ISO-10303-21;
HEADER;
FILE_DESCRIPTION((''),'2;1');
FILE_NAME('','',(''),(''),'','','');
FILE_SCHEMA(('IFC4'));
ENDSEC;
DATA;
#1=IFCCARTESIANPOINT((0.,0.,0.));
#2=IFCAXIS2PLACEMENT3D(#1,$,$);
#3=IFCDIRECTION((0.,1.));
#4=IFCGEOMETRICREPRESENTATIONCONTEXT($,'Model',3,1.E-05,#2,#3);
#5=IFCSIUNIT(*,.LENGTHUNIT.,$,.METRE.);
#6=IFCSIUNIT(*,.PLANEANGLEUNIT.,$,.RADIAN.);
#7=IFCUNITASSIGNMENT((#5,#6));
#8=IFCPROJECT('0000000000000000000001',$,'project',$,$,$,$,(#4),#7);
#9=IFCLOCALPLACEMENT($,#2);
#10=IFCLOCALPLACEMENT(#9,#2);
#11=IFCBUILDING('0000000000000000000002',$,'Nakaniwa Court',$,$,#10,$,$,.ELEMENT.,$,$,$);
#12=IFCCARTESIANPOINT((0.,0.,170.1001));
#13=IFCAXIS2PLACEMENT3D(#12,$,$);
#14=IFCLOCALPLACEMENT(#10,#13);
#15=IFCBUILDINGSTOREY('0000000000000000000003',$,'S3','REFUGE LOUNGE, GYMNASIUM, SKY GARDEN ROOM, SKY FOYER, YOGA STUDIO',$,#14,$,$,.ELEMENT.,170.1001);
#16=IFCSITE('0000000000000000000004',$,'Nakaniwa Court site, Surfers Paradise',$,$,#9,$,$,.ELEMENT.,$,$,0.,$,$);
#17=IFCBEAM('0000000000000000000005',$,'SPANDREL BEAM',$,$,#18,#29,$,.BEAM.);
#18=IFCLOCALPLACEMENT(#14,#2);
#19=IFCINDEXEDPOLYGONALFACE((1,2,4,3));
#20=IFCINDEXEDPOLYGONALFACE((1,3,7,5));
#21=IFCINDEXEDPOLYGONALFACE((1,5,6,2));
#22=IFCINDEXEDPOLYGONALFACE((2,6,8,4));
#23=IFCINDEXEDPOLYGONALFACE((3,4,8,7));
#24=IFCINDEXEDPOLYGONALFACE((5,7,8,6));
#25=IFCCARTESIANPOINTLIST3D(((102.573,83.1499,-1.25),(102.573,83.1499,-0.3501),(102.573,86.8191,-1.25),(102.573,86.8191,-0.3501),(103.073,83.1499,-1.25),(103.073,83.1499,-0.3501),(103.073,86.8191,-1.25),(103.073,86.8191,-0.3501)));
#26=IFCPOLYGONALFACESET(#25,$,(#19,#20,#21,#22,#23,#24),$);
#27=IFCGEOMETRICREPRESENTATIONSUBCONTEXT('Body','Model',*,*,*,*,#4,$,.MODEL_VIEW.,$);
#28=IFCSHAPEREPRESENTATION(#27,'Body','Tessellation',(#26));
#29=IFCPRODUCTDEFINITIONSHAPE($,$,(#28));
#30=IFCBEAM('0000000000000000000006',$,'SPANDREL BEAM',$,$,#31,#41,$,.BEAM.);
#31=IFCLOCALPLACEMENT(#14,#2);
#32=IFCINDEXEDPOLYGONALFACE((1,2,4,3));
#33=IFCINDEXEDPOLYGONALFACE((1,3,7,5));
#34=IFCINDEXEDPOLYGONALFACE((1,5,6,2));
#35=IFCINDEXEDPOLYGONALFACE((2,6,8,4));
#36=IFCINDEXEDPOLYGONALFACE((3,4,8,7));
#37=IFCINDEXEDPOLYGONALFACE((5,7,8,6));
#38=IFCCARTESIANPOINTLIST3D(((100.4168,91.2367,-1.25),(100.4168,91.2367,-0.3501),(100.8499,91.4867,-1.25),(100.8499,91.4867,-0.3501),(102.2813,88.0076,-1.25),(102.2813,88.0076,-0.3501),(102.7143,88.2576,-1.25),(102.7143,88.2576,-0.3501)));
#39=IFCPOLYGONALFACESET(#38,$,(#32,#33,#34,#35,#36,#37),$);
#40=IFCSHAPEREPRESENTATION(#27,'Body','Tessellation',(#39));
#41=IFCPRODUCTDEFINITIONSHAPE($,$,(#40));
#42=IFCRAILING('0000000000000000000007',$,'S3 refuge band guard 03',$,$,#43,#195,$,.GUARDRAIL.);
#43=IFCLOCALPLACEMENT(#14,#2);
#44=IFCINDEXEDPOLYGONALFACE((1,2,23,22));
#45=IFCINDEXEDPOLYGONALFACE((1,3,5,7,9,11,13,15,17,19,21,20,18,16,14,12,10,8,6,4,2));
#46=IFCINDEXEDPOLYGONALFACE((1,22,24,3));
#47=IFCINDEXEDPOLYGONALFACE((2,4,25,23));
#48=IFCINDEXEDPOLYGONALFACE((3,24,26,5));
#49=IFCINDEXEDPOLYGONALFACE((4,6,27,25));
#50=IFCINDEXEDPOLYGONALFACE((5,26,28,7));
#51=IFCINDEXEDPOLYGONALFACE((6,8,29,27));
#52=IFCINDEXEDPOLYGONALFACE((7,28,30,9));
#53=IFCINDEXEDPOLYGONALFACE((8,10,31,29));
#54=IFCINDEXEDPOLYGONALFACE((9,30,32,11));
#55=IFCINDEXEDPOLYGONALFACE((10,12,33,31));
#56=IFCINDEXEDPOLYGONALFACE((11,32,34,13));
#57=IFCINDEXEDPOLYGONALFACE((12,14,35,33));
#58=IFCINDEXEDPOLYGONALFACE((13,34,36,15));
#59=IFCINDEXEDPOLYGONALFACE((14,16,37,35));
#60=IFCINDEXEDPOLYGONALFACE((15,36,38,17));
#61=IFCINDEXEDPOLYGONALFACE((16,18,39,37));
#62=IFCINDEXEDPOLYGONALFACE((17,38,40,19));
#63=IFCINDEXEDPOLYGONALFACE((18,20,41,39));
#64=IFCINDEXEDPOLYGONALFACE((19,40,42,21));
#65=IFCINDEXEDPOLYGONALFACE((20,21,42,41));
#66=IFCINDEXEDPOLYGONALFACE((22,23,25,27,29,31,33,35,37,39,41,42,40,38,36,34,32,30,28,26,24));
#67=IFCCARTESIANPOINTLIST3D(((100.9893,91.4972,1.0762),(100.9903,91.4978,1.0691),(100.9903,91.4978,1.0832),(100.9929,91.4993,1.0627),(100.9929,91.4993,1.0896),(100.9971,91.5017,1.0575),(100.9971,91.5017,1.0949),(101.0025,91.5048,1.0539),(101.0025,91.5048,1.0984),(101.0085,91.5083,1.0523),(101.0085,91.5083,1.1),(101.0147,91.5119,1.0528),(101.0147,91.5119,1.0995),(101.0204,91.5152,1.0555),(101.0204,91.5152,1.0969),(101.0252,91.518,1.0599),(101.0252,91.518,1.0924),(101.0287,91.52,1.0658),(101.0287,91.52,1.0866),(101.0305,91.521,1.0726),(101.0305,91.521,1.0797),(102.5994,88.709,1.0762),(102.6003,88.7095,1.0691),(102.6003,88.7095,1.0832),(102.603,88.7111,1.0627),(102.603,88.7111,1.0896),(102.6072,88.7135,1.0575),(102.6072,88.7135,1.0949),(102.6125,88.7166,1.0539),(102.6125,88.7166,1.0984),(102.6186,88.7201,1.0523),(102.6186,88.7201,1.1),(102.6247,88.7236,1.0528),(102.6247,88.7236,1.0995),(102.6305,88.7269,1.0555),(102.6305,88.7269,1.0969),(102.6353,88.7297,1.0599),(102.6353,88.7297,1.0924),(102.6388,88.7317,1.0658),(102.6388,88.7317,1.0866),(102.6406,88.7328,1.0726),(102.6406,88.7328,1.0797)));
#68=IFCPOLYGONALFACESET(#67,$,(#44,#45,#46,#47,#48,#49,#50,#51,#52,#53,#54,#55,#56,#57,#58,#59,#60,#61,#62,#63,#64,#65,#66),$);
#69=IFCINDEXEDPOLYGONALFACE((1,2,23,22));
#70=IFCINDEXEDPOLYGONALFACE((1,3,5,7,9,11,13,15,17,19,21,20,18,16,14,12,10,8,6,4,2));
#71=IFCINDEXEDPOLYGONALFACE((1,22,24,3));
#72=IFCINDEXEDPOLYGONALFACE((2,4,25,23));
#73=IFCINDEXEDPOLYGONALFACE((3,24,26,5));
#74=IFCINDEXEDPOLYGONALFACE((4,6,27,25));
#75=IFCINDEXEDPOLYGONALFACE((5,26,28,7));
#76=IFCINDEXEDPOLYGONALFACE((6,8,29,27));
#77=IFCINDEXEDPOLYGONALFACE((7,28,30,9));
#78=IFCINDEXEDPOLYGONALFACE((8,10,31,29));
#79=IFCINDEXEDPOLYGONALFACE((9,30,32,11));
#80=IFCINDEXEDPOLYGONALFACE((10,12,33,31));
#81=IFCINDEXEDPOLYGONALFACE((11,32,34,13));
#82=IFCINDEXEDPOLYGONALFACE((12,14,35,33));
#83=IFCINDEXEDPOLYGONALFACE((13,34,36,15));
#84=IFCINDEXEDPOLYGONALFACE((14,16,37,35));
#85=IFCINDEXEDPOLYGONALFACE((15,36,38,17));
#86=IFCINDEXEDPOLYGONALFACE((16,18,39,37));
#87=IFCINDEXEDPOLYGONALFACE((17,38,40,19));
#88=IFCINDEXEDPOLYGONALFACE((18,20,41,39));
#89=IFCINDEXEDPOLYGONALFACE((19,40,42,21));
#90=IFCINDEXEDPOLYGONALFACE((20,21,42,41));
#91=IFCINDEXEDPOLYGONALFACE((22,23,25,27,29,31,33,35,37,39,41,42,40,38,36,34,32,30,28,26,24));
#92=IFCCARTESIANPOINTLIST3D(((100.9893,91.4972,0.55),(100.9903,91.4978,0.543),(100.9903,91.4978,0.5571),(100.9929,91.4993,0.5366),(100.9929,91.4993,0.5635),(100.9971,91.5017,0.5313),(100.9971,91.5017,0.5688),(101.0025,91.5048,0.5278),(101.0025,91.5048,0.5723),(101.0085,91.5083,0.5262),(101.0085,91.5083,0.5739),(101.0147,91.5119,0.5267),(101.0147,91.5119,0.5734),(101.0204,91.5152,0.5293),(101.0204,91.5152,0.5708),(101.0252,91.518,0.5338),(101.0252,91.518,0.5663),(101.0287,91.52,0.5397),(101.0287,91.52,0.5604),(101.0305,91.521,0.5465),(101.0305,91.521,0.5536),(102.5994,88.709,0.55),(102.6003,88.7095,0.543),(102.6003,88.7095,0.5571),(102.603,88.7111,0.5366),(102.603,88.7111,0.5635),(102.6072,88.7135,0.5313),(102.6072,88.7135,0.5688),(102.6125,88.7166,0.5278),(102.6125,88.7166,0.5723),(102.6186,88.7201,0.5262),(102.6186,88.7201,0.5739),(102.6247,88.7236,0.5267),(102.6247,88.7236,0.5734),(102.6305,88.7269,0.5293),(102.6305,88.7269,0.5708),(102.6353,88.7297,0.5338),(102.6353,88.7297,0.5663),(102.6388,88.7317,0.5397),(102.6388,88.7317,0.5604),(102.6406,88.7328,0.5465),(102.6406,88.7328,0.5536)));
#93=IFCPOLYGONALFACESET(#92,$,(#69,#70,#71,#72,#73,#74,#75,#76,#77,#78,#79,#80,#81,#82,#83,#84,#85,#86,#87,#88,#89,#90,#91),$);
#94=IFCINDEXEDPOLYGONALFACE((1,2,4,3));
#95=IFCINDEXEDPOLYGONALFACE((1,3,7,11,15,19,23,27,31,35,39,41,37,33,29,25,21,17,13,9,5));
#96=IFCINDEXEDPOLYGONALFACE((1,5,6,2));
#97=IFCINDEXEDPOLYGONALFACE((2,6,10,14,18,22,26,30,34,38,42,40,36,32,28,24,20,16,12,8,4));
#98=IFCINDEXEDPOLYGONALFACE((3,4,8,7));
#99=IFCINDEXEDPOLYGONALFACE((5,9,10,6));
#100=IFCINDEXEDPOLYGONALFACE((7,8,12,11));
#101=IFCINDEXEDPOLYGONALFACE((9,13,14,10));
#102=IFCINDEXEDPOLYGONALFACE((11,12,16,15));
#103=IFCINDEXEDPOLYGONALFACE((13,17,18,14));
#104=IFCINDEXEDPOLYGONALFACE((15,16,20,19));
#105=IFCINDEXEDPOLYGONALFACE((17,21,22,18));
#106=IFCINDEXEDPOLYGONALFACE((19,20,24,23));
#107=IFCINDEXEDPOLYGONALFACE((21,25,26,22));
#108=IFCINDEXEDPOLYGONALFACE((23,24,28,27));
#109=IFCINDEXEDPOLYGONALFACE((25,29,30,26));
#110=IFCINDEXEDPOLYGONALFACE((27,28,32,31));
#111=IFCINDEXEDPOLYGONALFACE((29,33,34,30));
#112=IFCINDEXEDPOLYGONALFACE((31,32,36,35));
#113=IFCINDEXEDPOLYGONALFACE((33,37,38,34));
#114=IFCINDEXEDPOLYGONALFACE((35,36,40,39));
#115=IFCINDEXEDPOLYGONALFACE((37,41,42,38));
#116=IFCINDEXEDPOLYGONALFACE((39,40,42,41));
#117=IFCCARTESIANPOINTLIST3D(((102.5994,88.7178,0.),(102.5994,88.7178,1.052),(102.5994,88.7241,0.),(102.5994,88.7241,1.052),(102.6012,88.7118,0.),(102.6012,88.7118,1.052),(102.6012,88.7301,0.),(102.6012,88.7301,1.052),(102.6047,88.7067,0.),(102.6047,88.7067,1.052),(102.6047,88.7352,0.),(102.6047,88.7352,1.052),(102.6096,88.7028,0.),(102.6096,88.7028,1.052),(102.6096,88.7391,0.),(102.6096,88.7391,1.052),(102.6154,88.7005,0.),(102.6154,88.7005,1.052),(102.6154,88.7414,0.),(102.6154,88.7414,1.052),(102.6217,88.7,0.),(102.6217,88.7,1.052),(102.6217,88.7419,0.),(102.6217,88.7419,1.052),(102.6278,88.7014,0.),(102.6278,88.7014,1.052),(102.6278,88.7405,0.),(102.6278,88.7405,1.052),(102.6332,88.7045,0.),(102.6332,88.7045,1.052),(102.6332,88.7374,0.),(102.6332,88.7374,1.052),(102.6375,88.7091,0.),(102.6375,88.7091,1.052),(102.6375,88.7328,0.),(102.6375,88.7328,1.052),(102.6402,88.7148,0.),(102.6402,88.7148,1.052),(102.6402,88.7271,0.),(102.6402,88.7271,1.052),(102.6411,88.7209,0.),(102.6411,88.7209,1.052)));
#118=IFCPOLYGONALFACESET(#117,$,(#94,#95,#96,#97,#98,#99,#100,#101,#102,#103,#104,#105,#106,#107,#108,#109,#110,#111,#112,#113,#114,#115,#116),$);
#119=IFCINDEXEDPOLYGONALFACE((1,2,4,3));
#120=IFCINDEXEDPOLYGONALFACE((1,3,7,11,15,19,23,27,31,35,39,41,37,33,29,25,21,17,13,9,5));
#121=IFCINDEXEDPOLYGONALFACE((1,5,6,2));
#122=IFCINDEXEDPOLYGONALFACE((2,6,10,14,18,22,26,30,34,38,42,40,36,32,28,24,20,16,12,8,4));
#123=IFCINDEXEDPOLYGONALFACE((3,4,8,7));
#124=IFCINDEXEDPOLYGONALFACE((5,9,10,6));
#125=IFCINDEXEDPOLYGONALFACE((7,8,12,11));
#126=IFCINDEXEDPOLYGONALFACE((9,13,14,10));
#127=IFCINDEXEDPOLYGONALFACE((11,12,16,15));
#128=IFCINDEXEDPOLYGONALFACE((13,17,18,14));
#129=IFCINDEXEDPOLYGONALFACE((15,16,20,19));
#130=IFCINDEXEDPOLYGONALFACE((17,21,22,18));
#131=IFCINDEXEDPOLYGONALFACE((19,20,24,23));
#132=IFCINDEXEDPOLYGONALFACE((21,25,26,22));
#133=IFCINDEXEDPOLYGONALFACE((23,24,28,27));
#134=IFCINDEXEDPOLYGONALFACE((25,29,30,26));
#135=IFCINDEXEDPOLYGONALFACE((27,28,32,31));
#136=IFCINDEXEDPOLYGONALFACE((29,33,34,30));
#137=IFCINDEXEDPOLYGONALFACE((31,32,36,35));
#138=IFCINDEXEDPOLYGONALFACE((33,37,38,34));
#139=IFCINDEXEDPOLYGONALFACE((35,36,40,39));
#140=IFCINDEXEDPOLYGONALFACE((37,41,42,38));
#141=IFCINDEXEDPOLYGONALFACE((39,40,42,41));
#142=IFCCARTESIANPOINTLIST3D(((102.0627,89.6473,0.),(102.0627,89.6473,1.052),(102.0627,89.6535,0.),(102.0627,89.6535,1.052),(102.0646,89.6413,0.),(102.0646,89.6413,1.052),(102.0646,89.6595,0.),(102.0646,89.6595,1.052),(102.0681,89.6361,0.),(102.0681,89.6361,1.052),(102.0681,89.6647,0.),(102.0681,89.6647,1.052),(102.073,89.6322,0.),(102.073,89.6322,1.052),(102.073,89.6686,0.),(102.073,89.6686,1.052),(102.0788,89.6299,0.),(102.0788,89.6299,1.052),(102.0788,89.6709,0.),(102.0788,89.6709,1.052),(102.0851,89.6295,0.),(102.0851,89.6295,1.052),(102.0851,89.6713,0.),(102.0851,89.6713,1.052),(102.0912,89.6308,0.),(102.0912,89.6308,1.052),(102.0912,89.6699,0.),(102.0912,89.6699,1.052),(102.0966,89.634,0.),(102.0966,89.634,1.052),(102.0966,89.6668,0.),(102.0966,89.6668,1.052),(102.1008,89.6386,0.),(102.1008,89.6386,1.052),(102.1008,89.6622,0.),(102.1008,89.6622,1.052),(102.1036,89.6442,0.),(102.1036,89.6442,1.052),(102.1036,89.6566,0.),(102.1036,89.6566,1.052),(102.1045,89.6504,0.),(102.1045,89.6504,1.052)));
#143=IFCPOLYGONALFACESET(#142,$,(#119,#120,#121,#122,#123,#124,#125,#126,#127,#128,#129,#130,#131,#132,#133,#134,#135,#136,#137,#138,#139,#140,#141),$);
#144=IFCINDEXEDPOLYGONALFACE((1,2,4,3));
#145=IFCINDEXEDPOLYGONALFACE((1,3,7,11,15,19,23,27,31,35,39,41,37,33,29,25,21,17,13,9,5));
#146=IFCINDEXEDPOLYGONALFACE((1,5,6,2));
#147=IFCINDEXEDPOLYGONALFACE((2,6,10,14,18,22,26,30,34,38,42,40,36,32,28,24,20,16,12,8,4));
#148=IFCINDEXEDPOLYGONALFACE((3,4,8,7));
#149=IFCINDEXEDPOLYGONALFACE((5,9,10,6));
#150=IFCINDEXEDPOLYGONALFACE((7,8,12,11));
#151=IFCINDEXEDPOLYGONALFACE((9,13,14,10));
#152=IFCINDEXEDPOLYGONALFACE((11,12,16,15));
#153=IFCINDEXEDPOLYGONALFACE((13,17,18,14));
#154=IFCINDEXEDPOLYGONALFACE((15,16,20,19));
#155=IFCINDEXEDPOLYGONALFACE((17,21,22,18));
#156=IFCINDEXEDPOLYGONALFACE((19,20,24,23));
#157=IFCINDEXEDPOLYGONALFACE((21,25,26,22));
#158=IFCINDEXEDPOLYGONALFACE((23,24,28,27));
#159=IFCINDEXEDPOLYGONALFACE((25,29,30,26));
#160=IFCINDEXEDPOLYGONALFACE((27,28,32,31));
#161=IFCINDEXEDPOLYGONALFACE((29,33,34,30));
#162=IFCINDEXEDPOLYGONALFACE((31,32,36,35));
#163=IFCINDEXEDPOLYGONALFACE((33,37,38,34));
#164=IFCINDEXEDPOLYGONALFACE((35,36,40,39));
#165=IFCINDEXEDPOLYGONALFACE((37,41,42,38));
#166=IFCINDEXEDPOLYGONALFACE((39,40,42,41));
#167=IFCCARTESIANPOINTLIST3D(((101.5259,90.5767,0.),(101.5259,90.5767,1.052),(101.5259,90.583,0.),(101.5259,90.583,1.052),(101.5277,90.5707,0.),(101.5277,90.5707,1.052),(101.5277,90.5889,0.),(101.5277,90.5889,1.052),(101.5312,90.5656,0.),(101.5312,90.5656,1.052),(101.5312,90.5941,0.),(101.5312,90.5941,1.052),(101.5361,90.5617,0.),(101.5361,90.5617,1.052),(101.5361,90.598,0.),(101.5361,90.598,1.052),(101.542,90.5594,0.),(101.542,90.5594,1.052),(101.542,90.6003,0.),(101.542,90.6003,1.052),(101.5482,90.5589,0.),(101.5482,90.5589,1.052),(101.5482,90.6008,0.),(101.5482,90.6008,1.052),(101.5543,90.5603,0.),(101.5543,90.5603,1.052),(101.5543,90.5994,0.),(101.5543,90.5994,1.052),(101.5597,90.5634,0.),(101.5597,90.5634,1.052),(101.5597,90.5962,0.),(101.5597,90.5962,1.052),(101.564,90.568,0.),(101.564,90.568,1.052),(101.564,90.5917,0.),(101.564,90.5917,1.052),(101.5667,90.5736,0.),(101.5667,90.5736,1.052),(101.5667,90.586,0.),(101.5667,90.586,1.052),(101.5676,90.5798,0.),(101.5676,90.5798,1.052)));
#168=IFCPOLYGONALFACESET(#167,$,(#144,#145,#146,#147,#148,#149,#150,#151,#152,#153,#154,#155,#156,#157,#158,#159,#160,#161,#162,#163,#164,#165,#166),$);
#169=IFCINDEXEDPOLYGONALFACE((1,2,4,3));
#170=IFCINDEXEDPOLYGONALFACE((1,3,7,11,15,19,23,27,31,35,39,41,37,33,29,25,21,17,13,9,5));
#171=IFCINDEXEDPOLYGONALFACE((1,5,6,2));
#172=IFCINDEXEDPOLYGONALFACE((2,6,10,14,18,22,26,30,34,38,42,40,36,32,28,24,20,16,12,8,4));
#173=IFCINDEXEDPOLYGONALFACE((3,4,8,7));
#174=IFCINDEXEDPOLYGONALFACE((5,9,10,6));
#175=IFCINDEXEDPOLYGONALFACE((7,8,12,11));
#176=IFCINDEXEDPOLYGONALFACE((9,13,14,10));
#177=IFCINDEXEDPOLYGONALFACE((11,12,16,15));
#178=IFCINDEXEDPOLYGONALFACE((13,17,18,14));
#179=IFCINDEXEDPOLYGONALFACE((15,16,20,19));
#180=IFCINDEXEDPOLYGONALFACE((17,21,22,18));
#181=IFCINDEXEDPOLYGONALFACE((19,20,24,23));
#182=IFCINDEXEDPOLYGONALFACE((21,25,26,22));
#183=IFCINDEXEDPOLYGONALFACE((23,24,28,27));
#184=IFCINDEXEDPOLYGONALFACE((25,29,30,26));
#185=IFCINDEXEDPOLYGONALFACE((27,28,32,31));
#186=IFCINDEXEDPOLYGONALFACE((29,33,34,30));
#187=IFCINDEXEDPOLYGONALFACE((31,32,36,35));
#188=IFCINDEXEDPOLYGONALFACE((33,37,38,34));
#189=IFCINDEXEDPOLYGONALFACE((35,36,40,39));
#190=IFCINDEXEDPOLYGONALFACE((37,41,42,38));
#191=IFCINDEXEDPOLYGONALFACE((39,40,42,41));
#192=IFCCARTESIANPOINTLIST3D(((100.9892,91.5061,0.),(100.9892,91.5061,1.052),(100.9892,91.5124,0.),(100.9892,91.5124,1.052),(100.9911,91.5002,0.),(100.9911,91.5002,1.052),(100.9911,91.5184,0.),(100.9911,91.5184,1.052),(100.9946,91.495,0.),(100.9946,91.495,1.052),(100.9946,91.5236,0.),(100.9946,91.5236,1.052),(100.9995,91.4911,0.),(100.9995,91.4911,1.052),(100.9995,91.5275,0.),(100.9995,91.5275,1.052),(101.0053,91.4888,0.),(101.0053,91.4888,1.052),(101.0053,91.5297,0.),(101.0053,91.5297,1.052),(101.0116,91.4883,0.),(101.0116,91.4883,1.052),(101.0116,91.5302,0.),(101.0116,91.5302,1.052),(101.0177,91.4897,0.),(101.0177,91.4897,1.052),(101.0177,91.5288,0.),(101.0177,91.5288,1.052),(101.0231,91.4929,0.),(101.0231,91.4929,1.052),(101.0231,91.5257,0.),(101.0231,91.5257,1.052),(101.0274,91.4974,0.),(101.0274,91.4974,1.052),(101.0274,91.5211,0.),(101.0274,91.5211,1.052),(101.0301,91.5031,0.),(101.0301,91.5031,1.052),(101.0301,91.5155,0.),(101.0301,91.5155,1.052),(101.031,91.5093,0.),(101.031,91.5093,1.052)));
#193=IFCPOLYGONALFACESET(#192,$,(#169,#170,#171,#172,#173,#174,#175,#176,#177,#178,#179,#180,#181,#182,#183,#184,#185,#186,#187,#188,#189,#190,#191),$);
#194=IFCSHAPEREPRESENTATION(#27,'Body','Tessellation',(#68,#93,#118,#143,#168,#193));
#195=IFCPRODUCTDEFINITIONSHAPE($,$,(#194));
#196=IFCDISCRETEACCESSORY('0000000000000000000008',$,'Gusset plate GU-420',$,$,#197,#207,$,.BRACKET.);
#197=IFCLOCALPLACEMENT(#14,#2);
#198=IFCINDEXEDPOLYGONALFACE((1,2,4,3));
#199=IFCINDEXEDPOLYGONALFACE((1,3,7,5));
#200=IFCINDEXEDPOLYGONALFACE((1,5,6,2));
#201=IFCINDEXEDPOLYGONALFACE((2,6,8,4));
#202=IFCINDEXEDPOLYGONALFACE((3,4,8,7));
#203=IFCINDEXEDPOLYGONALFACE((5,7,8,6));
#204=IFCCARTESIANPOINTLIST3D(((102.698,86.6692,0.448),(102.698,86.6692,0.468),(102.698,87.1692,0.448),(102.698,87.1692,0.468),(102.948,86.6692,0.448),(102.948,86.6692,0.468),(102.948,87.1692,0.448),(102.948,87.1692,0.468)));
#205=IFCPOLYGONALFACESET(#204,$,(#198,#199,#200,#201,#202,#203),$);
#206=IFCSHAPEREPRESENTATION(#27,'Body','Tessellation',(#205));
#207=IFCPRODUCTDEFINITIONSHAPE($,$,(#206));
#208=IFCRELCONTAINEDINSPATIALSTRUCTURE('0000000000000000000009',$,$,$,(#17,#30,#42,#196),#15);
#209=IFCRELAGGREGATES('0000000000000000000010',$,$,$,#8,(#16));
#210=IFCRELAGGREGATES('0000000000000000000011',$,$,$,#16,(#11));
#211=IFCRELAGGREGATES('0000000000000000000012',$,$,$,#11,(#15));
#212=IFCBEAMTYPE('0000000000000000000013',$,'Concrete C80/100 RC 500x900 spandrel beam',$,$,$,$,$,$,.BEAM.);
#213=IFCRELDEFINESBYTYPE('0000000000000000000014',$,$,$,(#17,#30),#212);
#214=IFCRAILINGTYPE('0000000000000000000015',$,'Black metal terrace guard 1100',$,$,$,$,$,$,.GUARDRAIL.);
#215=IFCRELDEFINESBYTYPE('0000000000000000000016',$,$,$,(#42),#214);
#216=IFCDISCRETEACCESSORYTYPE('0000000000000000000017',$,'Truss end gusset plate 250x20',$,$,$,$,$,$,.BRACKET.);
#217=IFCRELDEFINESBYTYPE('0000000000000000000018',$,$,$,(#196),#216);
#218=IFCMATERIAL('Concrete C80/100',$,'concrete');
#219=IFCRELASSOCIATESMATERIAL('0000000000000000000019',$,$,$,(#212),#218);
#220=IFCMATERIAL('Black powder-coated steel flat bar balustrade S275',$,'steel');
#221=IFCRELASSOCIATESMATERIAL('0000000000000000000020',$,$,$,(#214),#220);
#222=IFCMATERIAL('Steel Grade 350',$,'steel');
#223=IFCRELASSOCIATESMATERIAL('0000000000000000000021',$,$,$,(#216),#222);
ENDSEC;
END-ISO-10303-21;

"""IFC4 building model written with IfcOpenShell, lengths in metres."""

from ifc_helpers import new_model, si_unit, direction, frame, origin, origin_2d, place, context, subcontext, project, spatial, rectangle, circle, extrude, material, material_profile, profile_set, type_object, element, save


model = new_model("IFC4")

# Units and contexts
model_context = context("Model", 3, precision=1e-05, world=origin(), true_north=direction((0.0, 1.0)))
body_context = subcontext(model_context, "Body", "Model", "MODEL_VIEW")
ifc_project = project(units=[si_unit("LENGTHUNIT", "METRE"), si_unit("PLANEANGLEUNIT", "RADIAN")], contexts=[model_context])

# Site, building, storey
site_placement = place(None, origin())
site = spatial("IfcSite", under=ifc_project, at=site_placement, Name="Nakaniwa Court site, Surfers Paradise", CompositionType="ELEMENT", RefElevation=0.0)
building_placement = place(site_placement, origin())
building = spatial("IfcBuilding", under=site, at=building_placement, Name="Nakaniwa Court", CompositionType="ELEMENT")
storey_placement = place(building_placement, frame((0.0, 0.0, 170.1001)))
storey = spatial("IfcBuildingStorey", under=building, at=storey_placement, Name="S3", Description="REFUGE LOUNGE, GYMNASIUM, SKY GARDEN ROOM, SKY FOYER, YOGA STUDIO", CompositionType="ELEMENT", Elevation=170.1001)

# Shared definitions
ifc_material_1 = material(Name="Concrete C80/100", Category="concrete")

# Shared definitions
ifc_material_2 = material(Name="Steel Grade 350", Category="steel")

# Beams
ifc_material_profile_1 = material_profile(ifc_material_1, rectangle(XDim=0.5, YDim=0.8999, at=origin_2d()), Name="Concrete C80/100 RC 500x900 spandrel beam")
ifc_profile_set_1 = profile_set([ifc_material_profile_1], Name="Concrete C80/100")
beam_type = type_object("IfcBeamType", Name="Concrete C80/100 RC 500x900 spandrel beam", PredefinedType="BEAM", material=ifc_profile_set_1)
beam_1_placement = place(storey_placement, frame((102.823, 83.1499, -0.8), z_axis=(0.0, 1.0, 0.0), x_axis=(-1.0, 0.0, 0.0)))
element("IfcBeam", 1, at=beam_1_placement, inside=storey, type_object=beam_type, Name="SPANDREL BEAM", PredefinedType="BEAM", context=body_context, shape_type="SweptSolid", body=[
    extrude(rectangle(XDim=0.5, YDim=0.8999, at=origin_2d()), origin(), (0.0, 0.0, 1.0), 3.6692),
])
beam_2_placement = place(storey_placement, frame((102.4978, 88.1326, -0.8), z_axis=(-0.500019, 0.866014, 0.0), x_axis=(-0.866014, -0.500019, 0.0)))
element("IfcBeam", 2, at=beam_2_placement, inside=storey, type_object=beam_type, Name="SPANDREL BEAM", PredefinedType="BEAM", context=body_context, shape_type="SweptSolid", body=[
    extrude(rectangle(XDim=0.5, YDim=0.8999, at=origin_2d()), origin(), (0.0, 0.0, 1.0), 3.7288),
])

# Railing
ifc_material_3 = material(Name="Black powder-coated steel flat bar balustrade S275", Category="steel")
railing_type = type_object("IfcRailingType", Name="Black metal terrace guard 1100", PredefinedType="GUARDRAIL", material=ifc_material_3)
railing_placement = place(storey_placement, frame((102.6201, 88.7209, 0.0)))
element("IfcRailing", 3, at=railing_placement, inside=storey, type_object=railing_type, Name="S3 refuge band guard 03", PredefinedType="GUARDRAIL", context=body_context, shape_type="SweptSolid", body=[
    extrude(circle(Radius=0.0239, at=origin_2d()), frame((0.0, 0.0, 1.0762), z_axis=(-0.500062, 0.86599, 0.0), x_axis=(-0.86599, -0.500062, 0.0)), (0.0, 0.0, 1.0), 3.2197),
    extrude(circle(Radius=0.0239, at=origin_2d()), frame((0.0, 0.0, 0.55), z_axis=(-0.500062, 0.86599, 0.0), x_axis=(-0.86599, -0.500062, 0.0)), (0.0, 0.0, 1.0), 3.2197),
    extrude(circle(Radius=0.021, at=origin_2d()), origin(), (0.0, 0.0, 1.0), 1.052),
    extrude(circle(Radius=0.021, at=origin_2d()), frame((-0.5366, 0.9294, 0.0)), (0.0, 0.0, 1.0), 1.052),
    extrude(circle(Radius=0.021, at=origin_2d()), frame((-1.0735, 1.8589, 0.0)), (0.0, 0.0, 1.0), 1.052),
    extrude(circle(Radius=0.021, at=origin_2d()), frame((-1.6101, 2.7883, 0.0)), (0.0, 0.0, 1.0), 1.052),
])

# Discrete accessory
ifc_material_profile_2 = material_profile(ifc_material_2, rectangle(XDim=0.25, YDim=0.02, at=origin_2d()), Name="Truss end gusset plate 250x20")
ifc_profile_set_2 = profile_set([ifc_material_profile_2], Name="Steel Grade 350")
discrete_accessory_type = type_object("IfcDiscreteAccessoryType", Name="Truss end gusset plate 250x20", PredefinedType="BRACKET", material=ifc_profile_set_2)
for number, where, z_axis, x_axis, name in (
    (4, (102.823, 86.6692, 0.458), (0.0, 1.0, 0.0), (-1.0, 0.0, 0.0), "Gusset plate GU-420"),
):
    element("IfcDiscreteAccessory", number, at=place(storey_placement, frame(where, z_axis=z_axis, x_axis=x_axis)), inside=storey, type_object=discrete_accessory_type, Name=name, PredefinedType="BRACKET", context=body_context, shape_type="SweptSolid", body=[
        extrude(rectangle(XDim=0.25, YDim=0.02, at=origin_2d()), origin(), (0.0, 0.0, 1.0), 0.5),
    ])

save(model, "model.ifc")
